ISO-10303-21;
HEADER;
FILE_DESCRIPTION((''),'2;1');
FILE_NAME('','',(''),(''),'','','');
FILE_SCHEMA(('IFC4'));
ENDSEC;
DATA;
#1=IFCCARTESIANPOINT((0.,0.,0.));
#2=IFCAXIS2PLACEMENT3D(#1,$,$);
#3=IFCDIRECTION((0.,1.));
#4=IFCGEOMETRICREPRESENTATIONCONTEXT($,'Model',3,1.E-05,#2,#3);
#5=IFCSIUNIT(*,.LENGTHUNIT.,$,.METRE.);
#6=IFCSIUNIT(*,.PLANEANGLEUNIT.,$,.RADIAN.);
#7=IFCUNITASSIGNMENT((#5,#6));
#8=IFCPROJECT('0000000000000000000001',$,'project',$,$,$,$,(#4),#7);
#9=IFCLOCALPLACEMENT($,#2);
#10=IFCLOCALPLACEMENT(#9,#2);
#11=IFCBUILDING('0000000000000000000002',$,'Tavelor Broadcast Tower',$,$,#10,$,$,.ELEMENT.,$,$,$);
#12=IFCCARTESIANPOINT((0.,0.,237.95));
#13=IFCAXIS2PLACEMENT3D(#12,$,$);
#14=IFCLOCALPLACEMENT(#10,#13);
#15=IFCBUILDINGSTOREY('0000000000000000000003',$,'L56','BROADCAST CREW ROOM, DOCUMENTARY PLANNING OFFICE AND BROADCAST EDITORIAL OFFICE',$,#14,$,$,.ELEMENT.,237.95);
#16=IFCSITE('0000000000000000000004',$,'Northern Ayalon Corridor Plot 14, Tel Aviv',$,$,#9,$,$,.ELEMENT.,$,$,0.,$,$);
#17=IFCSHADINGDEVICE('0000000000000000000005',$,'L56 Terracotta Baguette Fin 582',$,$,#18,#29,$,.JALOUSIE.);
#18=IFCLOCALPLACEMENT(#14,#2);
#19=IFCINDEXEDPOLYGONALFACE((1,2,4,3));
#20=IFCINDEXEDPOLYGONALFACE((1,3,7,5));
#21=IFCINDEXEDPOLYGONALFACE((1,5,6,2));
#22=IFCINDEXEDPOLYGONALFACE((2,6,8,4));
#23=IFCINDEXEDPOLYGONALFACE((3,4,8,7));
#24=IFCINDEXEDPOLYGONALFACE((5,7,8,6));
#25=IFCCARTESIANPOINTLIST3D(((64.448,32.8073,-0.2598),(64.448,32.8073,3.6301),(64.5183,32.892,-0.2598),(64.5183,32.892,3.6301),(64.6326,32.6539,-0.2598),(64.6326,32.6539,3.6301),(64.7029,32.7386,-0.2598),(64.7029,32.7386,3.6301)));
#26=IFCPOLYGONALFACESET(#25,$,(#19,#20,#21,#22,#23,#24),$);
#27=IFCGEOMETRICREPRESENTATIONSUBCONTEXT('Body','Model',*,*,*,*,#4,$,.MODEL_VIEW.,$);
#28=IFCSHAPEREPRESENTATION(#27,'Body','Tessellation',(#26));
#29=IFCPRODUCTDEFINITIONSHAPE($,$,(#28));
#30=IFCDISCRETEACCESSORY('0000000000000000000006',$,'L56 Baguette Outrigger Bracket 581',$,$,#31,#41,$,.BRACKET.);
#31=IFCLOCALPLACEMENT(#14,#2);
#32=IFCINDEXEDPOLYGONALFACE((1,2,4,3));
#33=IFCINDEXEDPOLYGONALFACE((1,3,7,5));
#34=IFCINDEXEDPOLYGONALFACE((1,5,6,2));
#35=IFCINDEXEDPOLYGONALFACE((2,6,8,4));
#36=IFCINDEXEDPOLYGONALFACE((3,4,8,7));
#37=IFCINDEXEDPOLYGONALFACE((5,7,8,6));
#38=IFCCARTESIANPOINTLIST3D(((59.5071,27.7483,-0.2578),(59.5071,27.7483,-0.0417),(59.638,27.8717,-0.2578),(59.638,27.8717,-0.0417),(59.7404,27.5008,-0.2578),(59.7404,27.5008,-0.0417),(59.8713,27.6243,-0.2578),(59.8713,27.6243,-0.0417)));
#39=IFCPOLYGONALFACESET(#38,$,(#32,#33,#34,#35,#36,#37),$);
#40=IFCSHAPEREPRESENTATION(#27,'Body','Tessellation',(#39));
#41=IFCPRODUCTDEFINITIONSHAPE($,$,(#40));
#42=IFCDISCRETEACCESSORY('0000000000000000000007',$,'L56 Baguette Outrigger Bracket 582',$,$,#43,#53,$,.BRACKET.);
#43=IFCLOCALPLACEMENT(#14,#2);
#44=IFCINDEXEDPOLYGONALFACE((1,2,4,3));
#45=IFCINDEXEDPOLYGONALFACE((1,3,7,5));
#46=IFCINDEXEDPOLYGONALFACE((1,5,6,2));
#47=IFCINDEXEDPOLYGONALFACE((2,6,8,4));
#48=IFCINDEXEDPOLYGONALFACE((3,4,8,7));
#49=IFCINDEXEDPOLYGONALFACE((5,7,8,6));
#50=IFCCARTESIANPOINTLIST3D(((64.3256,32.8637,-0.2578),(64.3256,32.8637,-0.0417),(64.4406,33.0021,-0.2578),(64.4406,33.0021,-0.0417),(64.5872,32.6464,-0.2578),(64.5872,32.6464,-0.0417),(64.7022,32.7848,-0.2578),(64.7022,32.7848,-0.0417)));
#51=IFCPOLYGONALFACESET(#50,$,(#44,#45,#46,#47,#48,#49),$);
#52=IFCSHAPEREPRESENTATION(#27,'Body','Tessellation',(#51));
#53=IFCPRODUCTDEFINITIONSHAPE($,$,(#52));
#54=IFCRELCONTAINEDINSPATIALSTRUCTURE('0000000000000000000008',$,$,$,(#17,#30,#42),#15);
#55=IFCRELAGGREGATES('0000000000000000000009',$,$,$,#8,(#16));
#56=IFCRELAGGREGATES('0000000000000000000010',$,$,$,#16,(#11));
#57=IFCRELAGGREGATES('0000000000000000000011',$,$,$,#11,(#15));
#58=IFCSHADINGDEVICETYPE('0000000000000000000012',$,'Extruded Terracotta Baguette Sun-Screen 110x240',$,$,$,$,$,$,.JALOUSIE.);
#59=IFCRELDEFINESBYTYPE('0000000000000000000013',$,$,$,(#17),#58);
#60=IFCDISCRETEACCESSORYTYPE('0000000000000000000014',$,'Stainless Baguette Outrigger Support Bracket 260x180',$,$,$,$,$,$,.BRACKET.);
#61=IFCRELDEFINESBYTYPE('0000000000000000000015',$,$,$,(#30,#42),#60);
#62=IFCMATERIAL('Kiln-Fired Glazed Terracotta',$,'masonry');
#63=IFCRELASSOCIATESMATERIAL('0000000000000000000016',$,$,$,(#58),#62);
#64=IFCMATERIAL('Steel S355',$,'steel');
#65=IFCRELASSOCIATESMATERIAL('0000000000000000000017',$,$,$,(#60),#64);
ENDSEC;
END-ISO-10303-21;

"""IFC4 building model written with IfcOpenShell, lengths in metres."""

from ifc_helpers import new_model, si_unit, direction, frame, origin, origin_2d, place, context, subcontext, project, spatial, rectangle, extrude, source, transform, mapped, material, type_object, type_shapes, element, save


model = new_model("IFC4")

# Units and contexts
model_context = context("Model", 3, precision=1e-05, world=origin(), true_north=direction((0.0, 1.0)))
body_context = subcontext(model_context, "Body", "Model", "MODEL_VIEW")
ifc_project = project(units=[si_unit("LENGTHUNIT", "METRE"), si_unit("PLANEANGLEUNIT", "RADIAN")], contexts=[model_context])

# Site, building, storey
site_placement = place(None, origin())
site = spatial("IfcSite", under=ifc_project, at=site_placement, Name="Northern Ayalon Corridor Plot 14, Tel Aviv", CompositionType="ELEMENT", RefElevation=0.0)
building_placement = place(site_placement, origin())
building = spatial("IfcBuilding", under=site, at=building_placement, Name="Tavelor Broadcast Tower", CompositionType="ELEMENT")
storey_placement = place(building_placement, frame((0.0, 0.0, 237.95)))
storey = spatial("IfcBuildingStorey", under=building, at=storey_placement, Name="L56", Description="BROADCAST CREW ROOM, DOCUMENTARY PLANNING OFFICE AND BROADCAST EDITORIAL OFFICE", CompositionType="ELEMENT", Elevation=237.95)

# Shared definitions
ifc_material_1 = material(Name="Steel S355", Category="steel")

# Shading device
ifc_material_2 = material(Name="Kiln-Fired Glazed Terracotta", Category="masonry")
shading_device_type = type_object("IfcShadingDeviceType", Name="Extruded Terracotta Baguette Sun-Screen 110x240", PredefinedType="JALOUSIE", material=ifc_material_2)
shared_shape_1 = source(origin(), body_context, "Body", "SweptSolid", [
    extrude(rectangle(XDim=0.1101, YDim=0.24, at=origin_2d()), origin(), (0.0, 0.0, 1.0), 3.8899),
])
type_shapes(shading_device_type, [shared_shape_1])
for number, where, z_axis, x_axis, name in (
    (1, (64.5754, 32.7729, -0.2598), (0.0, 0.0, 1.0), (0.639036, 0.769177, 0.0), "L56 Terracotta Baguette Fin 582"),
):
    element("IfcShadingDevice", number, at=place(storey_placement, frame(where, z_axis=z_axis, x_axis=x_axis)), inside=storey, type_object=shading_device_type, Name=name, PredefinedType="JALOUSIE", context=body_context, shape_type="MappedRepresentation", body=[
        mapped(shared_shape_1, transform((0.0, 0.0, 0.0), scale=1.0)),
    ])

# Discrete accessories
discrete_accessory_type = type_object("IfcDiscreteAccessoryType", Name="Stainless Baguette Outrigger Support Bracket 260x180", PredefinedType="BRACKET", material=ifc_material_1)
shared_shape_2 = source(origin(), body_context, "Body", "SweptSolid", [
    extrude(rectangle(XDim=0.1799, YDim=0.3401, at=origin_2d()), origin(), (0.0, 0.0, 1.0), 0.2161),
])
type_shapes(discrete_accessory_type, [shared_shape_2])
for number, where, z_axis, x_axis, name in (
    (2, (59.6892, 27.6863, -0.2578), (0.0, 0.0, 1.0), (0.727533, 0.686072, 0.0), "L56 Baguette Outrigger Bracket 581"),
    (3, (64.5139, 32.8242, -0.2578), (0.0, 0.0, 1.0), (0.639036, 0.769177, 0.0), "L56 Baguette Outrigger Bracket 582"),
):
    element("IfcDiscreteAccessory", number, at=place(storey_placement, frame(where, z_axis=z_axis, x_axis=x_axis)), inside=storey, type_object=discrete_accessory_type, Name=name, PredefinedType="BRACKET", context=body_context, shape_type="MappedRepresentation", body=[
        mapped(shared_shape_2, transform((0.0, 0.0, 0.0), scale=1.0)),
    ])

save(model, "model.ifc")
